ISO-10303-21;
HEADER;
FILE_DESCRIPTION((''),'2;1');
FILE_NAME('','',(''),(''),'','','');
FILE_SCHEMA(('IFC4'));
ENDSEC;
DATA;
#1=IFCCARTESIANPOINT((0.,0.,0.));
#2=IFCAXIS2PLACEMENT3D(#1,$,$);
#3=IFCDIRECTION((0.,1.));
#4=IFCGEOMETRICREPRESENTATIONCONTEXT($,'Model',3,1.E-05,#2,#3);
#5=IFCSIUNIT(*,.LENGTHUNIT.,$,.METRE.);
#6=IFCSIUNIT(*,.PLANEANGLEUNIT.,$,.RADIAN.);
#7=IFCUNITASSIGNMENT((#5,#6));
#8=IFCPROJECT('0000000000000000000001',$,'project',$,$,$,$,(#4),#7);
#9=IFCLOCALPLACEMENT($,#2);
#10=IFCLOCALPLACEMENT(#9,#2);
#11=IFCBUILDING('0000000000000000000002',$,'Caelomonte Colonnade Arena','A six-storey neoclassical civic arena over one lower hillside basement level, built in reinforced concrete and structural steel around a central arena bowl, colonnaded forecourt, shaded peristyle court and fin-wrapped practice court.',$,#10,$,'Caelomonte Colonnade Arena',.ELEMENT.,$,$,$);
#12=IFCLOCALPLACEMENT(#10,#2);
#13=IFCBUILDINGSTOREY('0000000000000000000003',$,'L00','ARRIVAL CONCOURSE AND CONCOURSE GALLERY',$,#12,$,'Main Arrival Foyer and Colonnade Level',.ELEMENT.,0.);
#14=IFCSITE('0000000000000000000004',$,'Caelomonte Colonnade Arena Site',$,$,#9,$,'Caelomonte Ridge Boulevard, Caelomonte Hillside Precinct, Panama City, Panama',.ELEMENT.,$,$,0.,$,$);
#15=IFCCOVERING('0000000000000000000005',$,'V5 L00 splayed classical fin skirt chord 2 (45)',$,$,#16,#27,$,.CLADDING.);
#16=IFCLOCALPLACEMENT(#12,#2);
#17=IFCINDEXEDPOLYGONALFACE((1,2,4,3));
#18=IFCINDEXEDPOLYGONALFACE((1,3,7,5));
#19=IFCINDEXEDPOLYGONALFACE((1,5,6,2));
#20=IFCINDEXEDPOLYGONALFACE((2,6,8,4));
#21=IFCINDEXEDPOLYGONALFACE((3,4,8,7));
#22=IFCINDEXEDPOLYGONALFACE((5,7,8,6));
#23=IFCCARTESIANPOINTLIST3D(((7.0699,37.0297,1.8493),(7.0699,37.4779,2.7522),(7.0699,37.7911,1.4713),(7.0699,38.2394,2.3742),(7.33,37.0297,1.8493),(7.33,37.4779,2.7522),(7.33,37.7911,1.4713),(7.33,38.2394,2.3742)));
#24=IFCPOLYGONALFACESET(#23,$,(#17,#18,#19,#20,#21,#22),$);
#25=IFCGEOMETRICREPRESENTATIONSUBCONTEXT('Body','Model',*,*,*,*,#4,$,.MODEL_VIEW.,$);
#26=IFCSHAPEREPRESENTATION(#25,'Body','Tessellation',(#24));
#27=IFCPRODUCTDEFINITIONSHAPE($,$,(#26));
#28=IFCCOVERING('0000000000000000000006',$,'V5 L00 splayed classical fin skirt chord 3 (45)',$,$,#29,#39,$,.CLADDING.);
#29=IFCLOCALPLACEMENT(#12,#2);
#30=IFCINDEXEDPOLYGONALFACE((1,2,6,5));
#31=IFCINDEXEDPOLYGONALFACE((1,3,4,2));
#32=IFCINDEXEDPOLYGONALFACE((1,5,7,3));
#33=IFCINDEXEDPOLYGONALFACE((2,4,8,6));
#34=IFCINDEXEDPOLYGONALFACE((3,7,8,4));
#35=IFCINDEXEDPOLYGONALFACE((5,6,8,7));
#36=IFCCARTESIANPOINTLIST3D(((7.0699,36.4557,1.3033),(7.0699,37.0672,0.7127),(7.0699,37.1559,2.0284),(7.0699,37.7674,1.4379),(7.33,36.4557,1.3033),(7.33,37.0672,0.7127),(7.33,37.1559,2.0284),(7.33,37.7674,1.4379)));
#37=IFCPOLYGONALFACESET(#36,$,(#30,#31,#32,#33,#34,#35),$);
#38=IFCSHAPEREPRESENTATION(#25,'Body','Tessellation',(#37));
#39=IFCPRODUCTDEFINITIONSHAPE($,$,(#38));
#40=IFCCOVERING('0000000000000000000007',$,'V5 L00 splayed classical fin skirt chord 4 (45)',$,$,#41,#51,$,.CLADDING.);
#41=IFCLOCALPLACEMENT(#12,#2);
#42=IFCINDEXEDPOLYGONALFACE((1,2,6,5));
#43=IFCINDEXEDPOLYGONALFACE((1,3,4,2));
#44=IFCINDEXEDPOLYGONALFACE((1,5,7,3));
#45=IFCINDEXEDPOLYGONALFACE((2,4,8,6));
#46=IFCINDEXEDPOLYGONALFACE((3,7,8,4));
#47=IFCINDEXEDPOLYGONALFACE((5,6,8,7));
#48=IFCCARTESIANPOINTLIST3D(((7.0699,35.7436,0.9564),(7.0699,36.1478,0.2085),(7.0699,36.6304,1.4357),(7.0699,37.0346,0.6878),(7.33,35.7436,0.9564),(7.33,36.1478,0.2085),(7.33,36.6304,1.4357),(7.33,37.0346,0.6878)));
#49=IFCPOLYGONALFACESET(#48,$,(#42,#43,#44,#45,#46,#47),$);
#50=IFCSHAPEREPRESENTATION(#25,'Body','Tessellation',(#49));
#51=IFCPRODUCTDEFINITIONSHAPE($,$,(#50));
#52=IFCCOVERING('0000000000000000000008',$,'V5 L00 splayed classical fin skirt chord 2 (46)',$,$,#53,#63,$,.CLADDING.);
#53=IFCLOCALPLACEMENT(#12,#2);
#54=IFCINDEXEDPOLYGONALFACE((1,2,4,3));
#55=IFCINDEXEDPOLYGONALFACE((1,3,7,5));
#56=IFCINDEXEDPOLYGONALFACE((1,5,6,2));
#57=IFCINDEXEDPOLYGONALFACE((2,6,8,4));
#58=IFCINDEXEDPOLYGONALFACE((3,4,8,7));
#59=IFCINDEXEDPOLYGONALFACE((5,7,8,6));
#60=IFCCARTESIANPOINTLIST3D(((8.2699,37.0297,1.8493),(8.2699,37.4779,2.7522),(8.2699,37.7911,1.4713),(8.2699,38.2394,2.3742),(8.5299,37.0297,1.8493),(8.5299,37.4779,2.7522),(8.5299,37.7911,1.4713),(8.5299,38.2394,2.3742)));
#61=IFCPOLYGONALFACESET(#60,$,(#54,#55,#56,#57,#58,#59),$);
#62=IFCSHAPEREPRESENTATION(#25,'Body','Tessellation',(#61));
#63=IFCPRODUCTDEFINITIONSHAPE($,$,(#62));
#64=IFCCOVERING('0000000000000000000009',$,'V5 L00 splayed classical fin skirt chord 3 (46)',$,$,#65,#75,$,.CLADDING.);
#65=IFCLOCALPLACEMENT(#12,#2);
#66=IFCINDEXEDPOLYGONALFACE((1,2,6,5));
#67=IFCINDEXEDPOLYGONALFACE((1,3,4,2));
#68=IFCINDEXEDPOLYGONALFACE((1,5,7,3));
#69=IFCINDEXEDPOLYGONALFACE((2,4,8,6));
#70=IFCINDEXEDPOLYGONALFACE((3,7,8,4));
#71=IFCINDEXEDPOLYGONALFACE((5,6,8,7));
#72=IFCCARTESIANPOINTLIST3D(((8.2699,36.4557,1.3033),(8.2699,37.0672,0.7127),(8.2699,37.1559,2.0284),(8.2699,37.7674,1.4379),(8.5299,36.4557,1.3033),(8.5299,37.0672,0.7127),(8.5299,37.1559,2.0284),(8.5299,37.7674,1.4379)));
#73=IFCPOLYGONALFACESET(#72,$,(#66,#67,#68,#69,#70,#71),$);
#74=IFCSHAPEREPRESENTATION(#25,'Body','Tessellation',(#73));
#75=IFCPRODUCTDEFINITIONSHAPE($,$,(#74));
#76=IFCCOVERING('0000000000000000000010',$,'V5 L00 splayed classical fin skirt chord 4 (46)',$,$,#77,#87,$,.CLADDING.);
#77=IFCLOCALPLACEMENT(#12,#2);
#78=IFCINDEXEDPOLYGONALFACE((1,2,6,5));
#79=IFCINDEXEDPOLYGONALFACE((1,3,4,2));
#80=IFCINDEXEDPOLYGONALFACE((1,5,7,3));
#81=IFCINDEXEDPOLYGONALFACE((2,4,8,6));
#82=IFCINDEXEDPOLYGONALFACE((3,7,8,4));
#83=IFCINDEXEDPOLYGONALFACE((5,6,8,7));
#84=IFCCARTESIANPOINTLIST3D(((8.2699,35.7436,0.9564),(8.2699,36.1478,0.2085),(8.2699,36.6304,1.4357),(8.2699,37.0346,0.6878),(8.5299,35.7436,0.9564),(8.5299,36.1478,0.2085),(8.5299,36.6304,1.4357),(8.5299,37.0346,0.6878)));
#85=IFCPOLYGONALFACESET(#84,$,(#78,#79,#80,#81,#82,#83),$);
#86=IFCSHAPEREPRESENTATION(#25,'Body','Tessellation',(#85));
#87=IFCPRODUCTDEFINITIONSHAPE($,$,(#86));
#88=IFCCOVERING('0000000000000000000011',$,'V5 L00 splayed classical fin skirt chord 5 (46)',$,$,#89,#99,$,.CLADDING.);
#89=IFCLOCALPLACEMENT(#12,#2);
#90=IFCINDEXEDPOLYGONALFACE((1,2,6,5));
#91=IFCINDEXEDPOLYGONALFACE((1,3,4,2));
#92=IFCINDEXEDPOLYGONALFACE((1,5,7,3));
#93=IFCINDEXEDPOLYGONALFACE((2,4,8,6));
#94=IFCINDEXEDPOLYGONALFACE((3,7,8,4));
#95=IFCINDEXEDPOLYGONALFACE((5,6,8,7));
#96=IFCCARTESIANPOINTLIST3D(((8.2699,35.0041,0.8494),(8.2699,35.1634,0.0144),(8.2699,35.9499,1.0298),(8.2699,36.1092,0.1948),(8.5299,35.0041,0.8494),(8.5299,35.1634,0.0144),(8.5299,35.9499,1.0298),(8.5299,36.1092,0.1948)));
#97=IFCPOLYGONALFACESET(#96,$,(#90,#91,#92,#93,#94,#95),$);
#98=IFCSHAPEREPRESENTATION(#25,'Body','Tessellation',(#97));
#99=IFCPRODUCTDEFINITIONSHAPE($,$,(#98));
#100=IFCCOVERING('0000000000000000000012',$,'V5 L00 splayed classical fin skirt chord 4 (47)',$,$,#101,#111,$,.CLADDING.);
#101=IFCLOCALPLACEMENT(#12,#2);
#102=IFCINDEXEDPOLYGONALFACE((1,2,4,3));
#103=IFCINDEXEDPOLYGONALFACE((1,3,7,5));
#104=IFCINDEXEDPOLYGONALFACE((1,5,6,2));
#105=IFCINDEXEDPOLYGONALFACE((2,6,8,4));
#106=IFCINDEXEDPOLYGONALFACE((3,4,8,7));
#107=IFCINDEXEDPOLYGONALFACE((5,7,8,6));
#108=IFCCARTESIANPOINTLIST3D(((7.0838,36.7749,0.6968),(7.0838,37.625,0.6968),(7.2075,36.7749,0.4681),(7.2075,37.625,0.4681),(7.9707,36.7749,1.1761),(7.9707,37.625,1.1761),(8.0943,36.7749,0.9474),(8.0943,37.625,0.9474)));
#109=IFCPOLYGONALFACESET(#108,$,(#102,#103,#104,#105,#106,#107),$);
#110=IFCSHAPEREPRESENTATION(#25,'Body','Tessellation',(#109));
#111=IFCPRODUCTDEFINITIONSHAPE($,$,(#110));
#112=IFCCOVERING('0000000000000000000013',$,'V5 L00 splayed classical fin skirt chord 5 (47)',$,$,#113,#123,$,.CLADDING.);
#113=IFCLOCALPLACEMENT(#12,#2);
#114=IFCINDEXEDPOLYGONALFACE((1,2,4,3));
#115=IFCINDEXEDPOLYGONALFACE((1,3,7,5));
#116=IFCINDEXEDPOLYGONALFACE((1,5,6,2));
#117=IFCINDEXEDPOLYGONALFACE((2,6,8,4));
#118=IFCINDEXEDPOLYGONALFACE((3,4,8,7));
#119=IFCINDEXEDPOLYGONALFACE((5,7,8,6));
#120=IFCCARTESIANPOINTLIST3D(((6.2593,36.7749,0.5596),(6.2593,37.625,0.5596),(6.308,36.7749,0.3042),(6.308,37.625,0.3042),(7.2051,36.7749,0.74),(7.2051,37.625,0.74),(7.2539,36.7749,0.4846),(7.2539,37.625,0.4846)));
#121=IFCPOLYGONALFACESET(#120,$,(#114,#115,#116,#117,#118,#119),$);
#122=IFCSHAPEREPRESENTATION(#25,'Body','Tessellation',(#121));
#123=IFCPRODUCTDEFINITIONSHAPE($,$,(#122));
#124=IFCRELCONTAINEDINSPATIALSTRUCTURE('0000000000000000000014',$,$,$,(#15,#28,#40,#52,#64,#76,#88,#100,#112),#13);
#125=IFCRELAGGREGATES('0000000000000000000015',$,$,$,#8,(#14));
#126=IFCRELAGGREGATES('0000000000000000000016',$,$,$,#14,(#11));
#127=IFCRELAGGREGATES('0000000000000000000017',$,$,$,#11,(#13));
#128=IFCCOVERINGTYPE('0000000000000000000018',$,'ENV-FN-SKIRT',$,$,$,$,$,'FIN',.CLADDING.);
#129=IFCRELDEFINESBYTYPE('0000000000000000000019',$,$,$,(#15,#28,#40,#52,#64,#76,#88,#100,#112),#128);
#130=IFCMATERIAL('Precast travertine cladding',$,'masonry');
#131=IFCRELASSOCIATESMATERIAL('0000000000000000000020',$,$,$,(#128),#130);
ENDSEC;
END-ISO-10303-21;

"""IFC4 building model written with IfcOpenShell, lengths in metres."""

from ifc_helpers import new_model, si_unit, direction, frame, origin, origin_2d, place, context, subcontext, project, spatial, rectangle, extrude, material, material_profile, profile_set, type_object, element, save


model = new_model("IFC4")

# Units and contexts
model_context = context("Model", 3, precision=1e-05, world=origin(), true_north=direction((0.0, 1.0)))
body_context = subcontext(model_context, "Body", "Model", "MODEL_VIEW")
ifc_project = project(units=[si_unit("LENGTHUNIT", "METRE"), si_unit("PLANEANGLEUNIT", "RADIAN")], contexts=[model_context])

# Site, building, storey
site_placement = place(None, origin())
site = spatial("IfcSite", under=ifc_project, at=site_placement, Name="Caelomonte Colonnade Arena Site", LongName="Caelomonte Ridge Boulevard, Caelomonte Hillside Precinct, Panama City, Panama", CompositionType="ELEMENT", RefElevation=0.0)
building_placement = place(site_placement, origin())
building = spatial("IfcBuilding", under=site, at=building_placement, Name="Caelomonte Colonnade Arena", Description="A six-storey neoclassical civic arena over one lower hillside basement level, built in reinforced concrete and structural steel around a central arena bowl, colonnaded forecourt, shaded peristyle court and fin-wrapped practice court.", LongName="Caelomonte Colonnade Arena", CompositionType="ELEMENT")
storey_placement = place(building_placement, origin())
storey = spatial("IfcBuildingStorey", under=building, at=storey_placement, Name="L00", Description="ARRIVAL CONCOURSE AND CONCOURSE GALLERY", LongName="Main Arrival Foyer and Colonnade Level", CompositionType="ELEMENT", Elevation=0.0)

# Coverings
ifc_material = material(Name="Precast travertine cladding", Category="masonry")
ifc_material_profile = material_profile(ifc_material, rectangle(XDim=0.26, YDim=0.8501, at=origin_2d()), Name="FIN260X850")
ifc_profile_set = profile_set([ifc_material_profile], Name="Precast travertine cladding")
covering_type = type_object("IfcCoveringType", Name="ENV-FN-SKIRT", ElementType="FIN", PredefinedType="CLADDING", material=ifc_profile_set)
for number, where, z_axis, x_axis, name in (
    (1, (7.2, 37.8586, 2.5632), (0.0, -0.444693, -0.895683), (-1.0, 0.0, 0.0), "V5 L00 splayed classical fin skirt chord 2 (45)"),
    (2, (7.2, 37.4617, 1.7332), (0.0, -0.694646, -0.719351), (-1.0, 0.0, 0.0), "V5 L00 splayed classical fin skirt chord 3 (45)"),
    (3, (7.2, 36.8325, 1.0618), (0.0, -0.879731, -0.475471), (-1.0, 0.0, 0.0), "V5 L00 splayed classical fin skirt chord 4 (45)"),
    (4, (8.3999, 37.8586, 2.5632), (0.0, -0.444693, -0.895683), (-1.0, 0.0, 0.0), "V5 L00 splayed classical fin skirt chord 2 (46)"),
    (5, (8.3999, 37.4617, 1.7332), (0.0, -0.694646, -0.719351), (-1.0, 0.0, 0.0), "V5 L00 splayed classical fin skirt chord 3 (46)"),
    (6, (8.3999, 36.8325, 1.0618), (0.0, -0.879731, -0.475471), (-1.0, 0.0, 0.0), "V5 L00 splayed classical fin skirt chord 4 (46)"),
):
    element("IfcCovering", number, at=place(storey_placement, frame(where, z_axis=z_axis, x_axis=x_axis)), inside=storey, type_object=covering_type, Name=name, PredefinedType="CLADDING", context=body_context, shape_type="SweptSolid", body=[
        extrude(rectangle(XDim=0.26, YDim=0.8501, at=origin_2d()), origin(), (0.0, 0.0, 1.0), 1.0081),
    ])
covering_1_placement = place(storey_placement, frame((8.3999, 36.0295, 0.6123), z_axis=(0.0, -0.982287, -0.18738), x_axis=(-1.0, 0.0, 0.0)))
element("IfcCovering", 7, at=covering_1_placement, inside=storey, type_object=covering_type, Name="V5 L00 splayed classical fin skirt chord 5 (46)", PredefinedType="CLADDING", context=body_context, shape_type="SweptSolid", body=[
    extrude(rectangle(XDim=0.26, YDim=0.8501, at=origin_2d()), origin(), (0.0, 0.0, 1.0), 0.9629),
])
covering_2_placement = place(storey_placement, frame((8.0325, 37.2, 1.0618), z_axis=(-0.879731, 0.0, -0.475471), x_axis=(-0.475471, 0.0, 0.879731)))
element("IfcCovering", 8, at=covering_2_placement, inside=storey, type_object=covering_type, Name="V5 L00 splayed classical fin skirt chord 4 (47)", PredefinedType="CLADDING", context=body_context, shape_type="SweptSolid", body=[
    extrude(rectangle(XDim=0.26, YDim=0.8501, at=origin_2d()), origin(), (0.0, 0.0, 1.0), 1.0081),
])
covering_3_placement = place(storey_placement, frame((7.2295, 37.2, 0.6123), z_axis=(-0.982287, 0.0, -0.18738), x_axis=(-0.18738, 0.0, 0.982287)))
element("IfcCovering", 9, at=covering_3_placement, inside=storey, type_object=covering_type, Name="V5 L00 splayed classical fin skirt chord 5 (47)", PredefinedType="CLADDING", context=body_context, shape_type="SweptSolid", body=[
    extrude(rectangle(XDim=0.26, YDim=0.8501, at=origin_2d()), origin(), (0.0, 0.0, 1.0), 0.9629),
])

save(model, "model.ifc")
